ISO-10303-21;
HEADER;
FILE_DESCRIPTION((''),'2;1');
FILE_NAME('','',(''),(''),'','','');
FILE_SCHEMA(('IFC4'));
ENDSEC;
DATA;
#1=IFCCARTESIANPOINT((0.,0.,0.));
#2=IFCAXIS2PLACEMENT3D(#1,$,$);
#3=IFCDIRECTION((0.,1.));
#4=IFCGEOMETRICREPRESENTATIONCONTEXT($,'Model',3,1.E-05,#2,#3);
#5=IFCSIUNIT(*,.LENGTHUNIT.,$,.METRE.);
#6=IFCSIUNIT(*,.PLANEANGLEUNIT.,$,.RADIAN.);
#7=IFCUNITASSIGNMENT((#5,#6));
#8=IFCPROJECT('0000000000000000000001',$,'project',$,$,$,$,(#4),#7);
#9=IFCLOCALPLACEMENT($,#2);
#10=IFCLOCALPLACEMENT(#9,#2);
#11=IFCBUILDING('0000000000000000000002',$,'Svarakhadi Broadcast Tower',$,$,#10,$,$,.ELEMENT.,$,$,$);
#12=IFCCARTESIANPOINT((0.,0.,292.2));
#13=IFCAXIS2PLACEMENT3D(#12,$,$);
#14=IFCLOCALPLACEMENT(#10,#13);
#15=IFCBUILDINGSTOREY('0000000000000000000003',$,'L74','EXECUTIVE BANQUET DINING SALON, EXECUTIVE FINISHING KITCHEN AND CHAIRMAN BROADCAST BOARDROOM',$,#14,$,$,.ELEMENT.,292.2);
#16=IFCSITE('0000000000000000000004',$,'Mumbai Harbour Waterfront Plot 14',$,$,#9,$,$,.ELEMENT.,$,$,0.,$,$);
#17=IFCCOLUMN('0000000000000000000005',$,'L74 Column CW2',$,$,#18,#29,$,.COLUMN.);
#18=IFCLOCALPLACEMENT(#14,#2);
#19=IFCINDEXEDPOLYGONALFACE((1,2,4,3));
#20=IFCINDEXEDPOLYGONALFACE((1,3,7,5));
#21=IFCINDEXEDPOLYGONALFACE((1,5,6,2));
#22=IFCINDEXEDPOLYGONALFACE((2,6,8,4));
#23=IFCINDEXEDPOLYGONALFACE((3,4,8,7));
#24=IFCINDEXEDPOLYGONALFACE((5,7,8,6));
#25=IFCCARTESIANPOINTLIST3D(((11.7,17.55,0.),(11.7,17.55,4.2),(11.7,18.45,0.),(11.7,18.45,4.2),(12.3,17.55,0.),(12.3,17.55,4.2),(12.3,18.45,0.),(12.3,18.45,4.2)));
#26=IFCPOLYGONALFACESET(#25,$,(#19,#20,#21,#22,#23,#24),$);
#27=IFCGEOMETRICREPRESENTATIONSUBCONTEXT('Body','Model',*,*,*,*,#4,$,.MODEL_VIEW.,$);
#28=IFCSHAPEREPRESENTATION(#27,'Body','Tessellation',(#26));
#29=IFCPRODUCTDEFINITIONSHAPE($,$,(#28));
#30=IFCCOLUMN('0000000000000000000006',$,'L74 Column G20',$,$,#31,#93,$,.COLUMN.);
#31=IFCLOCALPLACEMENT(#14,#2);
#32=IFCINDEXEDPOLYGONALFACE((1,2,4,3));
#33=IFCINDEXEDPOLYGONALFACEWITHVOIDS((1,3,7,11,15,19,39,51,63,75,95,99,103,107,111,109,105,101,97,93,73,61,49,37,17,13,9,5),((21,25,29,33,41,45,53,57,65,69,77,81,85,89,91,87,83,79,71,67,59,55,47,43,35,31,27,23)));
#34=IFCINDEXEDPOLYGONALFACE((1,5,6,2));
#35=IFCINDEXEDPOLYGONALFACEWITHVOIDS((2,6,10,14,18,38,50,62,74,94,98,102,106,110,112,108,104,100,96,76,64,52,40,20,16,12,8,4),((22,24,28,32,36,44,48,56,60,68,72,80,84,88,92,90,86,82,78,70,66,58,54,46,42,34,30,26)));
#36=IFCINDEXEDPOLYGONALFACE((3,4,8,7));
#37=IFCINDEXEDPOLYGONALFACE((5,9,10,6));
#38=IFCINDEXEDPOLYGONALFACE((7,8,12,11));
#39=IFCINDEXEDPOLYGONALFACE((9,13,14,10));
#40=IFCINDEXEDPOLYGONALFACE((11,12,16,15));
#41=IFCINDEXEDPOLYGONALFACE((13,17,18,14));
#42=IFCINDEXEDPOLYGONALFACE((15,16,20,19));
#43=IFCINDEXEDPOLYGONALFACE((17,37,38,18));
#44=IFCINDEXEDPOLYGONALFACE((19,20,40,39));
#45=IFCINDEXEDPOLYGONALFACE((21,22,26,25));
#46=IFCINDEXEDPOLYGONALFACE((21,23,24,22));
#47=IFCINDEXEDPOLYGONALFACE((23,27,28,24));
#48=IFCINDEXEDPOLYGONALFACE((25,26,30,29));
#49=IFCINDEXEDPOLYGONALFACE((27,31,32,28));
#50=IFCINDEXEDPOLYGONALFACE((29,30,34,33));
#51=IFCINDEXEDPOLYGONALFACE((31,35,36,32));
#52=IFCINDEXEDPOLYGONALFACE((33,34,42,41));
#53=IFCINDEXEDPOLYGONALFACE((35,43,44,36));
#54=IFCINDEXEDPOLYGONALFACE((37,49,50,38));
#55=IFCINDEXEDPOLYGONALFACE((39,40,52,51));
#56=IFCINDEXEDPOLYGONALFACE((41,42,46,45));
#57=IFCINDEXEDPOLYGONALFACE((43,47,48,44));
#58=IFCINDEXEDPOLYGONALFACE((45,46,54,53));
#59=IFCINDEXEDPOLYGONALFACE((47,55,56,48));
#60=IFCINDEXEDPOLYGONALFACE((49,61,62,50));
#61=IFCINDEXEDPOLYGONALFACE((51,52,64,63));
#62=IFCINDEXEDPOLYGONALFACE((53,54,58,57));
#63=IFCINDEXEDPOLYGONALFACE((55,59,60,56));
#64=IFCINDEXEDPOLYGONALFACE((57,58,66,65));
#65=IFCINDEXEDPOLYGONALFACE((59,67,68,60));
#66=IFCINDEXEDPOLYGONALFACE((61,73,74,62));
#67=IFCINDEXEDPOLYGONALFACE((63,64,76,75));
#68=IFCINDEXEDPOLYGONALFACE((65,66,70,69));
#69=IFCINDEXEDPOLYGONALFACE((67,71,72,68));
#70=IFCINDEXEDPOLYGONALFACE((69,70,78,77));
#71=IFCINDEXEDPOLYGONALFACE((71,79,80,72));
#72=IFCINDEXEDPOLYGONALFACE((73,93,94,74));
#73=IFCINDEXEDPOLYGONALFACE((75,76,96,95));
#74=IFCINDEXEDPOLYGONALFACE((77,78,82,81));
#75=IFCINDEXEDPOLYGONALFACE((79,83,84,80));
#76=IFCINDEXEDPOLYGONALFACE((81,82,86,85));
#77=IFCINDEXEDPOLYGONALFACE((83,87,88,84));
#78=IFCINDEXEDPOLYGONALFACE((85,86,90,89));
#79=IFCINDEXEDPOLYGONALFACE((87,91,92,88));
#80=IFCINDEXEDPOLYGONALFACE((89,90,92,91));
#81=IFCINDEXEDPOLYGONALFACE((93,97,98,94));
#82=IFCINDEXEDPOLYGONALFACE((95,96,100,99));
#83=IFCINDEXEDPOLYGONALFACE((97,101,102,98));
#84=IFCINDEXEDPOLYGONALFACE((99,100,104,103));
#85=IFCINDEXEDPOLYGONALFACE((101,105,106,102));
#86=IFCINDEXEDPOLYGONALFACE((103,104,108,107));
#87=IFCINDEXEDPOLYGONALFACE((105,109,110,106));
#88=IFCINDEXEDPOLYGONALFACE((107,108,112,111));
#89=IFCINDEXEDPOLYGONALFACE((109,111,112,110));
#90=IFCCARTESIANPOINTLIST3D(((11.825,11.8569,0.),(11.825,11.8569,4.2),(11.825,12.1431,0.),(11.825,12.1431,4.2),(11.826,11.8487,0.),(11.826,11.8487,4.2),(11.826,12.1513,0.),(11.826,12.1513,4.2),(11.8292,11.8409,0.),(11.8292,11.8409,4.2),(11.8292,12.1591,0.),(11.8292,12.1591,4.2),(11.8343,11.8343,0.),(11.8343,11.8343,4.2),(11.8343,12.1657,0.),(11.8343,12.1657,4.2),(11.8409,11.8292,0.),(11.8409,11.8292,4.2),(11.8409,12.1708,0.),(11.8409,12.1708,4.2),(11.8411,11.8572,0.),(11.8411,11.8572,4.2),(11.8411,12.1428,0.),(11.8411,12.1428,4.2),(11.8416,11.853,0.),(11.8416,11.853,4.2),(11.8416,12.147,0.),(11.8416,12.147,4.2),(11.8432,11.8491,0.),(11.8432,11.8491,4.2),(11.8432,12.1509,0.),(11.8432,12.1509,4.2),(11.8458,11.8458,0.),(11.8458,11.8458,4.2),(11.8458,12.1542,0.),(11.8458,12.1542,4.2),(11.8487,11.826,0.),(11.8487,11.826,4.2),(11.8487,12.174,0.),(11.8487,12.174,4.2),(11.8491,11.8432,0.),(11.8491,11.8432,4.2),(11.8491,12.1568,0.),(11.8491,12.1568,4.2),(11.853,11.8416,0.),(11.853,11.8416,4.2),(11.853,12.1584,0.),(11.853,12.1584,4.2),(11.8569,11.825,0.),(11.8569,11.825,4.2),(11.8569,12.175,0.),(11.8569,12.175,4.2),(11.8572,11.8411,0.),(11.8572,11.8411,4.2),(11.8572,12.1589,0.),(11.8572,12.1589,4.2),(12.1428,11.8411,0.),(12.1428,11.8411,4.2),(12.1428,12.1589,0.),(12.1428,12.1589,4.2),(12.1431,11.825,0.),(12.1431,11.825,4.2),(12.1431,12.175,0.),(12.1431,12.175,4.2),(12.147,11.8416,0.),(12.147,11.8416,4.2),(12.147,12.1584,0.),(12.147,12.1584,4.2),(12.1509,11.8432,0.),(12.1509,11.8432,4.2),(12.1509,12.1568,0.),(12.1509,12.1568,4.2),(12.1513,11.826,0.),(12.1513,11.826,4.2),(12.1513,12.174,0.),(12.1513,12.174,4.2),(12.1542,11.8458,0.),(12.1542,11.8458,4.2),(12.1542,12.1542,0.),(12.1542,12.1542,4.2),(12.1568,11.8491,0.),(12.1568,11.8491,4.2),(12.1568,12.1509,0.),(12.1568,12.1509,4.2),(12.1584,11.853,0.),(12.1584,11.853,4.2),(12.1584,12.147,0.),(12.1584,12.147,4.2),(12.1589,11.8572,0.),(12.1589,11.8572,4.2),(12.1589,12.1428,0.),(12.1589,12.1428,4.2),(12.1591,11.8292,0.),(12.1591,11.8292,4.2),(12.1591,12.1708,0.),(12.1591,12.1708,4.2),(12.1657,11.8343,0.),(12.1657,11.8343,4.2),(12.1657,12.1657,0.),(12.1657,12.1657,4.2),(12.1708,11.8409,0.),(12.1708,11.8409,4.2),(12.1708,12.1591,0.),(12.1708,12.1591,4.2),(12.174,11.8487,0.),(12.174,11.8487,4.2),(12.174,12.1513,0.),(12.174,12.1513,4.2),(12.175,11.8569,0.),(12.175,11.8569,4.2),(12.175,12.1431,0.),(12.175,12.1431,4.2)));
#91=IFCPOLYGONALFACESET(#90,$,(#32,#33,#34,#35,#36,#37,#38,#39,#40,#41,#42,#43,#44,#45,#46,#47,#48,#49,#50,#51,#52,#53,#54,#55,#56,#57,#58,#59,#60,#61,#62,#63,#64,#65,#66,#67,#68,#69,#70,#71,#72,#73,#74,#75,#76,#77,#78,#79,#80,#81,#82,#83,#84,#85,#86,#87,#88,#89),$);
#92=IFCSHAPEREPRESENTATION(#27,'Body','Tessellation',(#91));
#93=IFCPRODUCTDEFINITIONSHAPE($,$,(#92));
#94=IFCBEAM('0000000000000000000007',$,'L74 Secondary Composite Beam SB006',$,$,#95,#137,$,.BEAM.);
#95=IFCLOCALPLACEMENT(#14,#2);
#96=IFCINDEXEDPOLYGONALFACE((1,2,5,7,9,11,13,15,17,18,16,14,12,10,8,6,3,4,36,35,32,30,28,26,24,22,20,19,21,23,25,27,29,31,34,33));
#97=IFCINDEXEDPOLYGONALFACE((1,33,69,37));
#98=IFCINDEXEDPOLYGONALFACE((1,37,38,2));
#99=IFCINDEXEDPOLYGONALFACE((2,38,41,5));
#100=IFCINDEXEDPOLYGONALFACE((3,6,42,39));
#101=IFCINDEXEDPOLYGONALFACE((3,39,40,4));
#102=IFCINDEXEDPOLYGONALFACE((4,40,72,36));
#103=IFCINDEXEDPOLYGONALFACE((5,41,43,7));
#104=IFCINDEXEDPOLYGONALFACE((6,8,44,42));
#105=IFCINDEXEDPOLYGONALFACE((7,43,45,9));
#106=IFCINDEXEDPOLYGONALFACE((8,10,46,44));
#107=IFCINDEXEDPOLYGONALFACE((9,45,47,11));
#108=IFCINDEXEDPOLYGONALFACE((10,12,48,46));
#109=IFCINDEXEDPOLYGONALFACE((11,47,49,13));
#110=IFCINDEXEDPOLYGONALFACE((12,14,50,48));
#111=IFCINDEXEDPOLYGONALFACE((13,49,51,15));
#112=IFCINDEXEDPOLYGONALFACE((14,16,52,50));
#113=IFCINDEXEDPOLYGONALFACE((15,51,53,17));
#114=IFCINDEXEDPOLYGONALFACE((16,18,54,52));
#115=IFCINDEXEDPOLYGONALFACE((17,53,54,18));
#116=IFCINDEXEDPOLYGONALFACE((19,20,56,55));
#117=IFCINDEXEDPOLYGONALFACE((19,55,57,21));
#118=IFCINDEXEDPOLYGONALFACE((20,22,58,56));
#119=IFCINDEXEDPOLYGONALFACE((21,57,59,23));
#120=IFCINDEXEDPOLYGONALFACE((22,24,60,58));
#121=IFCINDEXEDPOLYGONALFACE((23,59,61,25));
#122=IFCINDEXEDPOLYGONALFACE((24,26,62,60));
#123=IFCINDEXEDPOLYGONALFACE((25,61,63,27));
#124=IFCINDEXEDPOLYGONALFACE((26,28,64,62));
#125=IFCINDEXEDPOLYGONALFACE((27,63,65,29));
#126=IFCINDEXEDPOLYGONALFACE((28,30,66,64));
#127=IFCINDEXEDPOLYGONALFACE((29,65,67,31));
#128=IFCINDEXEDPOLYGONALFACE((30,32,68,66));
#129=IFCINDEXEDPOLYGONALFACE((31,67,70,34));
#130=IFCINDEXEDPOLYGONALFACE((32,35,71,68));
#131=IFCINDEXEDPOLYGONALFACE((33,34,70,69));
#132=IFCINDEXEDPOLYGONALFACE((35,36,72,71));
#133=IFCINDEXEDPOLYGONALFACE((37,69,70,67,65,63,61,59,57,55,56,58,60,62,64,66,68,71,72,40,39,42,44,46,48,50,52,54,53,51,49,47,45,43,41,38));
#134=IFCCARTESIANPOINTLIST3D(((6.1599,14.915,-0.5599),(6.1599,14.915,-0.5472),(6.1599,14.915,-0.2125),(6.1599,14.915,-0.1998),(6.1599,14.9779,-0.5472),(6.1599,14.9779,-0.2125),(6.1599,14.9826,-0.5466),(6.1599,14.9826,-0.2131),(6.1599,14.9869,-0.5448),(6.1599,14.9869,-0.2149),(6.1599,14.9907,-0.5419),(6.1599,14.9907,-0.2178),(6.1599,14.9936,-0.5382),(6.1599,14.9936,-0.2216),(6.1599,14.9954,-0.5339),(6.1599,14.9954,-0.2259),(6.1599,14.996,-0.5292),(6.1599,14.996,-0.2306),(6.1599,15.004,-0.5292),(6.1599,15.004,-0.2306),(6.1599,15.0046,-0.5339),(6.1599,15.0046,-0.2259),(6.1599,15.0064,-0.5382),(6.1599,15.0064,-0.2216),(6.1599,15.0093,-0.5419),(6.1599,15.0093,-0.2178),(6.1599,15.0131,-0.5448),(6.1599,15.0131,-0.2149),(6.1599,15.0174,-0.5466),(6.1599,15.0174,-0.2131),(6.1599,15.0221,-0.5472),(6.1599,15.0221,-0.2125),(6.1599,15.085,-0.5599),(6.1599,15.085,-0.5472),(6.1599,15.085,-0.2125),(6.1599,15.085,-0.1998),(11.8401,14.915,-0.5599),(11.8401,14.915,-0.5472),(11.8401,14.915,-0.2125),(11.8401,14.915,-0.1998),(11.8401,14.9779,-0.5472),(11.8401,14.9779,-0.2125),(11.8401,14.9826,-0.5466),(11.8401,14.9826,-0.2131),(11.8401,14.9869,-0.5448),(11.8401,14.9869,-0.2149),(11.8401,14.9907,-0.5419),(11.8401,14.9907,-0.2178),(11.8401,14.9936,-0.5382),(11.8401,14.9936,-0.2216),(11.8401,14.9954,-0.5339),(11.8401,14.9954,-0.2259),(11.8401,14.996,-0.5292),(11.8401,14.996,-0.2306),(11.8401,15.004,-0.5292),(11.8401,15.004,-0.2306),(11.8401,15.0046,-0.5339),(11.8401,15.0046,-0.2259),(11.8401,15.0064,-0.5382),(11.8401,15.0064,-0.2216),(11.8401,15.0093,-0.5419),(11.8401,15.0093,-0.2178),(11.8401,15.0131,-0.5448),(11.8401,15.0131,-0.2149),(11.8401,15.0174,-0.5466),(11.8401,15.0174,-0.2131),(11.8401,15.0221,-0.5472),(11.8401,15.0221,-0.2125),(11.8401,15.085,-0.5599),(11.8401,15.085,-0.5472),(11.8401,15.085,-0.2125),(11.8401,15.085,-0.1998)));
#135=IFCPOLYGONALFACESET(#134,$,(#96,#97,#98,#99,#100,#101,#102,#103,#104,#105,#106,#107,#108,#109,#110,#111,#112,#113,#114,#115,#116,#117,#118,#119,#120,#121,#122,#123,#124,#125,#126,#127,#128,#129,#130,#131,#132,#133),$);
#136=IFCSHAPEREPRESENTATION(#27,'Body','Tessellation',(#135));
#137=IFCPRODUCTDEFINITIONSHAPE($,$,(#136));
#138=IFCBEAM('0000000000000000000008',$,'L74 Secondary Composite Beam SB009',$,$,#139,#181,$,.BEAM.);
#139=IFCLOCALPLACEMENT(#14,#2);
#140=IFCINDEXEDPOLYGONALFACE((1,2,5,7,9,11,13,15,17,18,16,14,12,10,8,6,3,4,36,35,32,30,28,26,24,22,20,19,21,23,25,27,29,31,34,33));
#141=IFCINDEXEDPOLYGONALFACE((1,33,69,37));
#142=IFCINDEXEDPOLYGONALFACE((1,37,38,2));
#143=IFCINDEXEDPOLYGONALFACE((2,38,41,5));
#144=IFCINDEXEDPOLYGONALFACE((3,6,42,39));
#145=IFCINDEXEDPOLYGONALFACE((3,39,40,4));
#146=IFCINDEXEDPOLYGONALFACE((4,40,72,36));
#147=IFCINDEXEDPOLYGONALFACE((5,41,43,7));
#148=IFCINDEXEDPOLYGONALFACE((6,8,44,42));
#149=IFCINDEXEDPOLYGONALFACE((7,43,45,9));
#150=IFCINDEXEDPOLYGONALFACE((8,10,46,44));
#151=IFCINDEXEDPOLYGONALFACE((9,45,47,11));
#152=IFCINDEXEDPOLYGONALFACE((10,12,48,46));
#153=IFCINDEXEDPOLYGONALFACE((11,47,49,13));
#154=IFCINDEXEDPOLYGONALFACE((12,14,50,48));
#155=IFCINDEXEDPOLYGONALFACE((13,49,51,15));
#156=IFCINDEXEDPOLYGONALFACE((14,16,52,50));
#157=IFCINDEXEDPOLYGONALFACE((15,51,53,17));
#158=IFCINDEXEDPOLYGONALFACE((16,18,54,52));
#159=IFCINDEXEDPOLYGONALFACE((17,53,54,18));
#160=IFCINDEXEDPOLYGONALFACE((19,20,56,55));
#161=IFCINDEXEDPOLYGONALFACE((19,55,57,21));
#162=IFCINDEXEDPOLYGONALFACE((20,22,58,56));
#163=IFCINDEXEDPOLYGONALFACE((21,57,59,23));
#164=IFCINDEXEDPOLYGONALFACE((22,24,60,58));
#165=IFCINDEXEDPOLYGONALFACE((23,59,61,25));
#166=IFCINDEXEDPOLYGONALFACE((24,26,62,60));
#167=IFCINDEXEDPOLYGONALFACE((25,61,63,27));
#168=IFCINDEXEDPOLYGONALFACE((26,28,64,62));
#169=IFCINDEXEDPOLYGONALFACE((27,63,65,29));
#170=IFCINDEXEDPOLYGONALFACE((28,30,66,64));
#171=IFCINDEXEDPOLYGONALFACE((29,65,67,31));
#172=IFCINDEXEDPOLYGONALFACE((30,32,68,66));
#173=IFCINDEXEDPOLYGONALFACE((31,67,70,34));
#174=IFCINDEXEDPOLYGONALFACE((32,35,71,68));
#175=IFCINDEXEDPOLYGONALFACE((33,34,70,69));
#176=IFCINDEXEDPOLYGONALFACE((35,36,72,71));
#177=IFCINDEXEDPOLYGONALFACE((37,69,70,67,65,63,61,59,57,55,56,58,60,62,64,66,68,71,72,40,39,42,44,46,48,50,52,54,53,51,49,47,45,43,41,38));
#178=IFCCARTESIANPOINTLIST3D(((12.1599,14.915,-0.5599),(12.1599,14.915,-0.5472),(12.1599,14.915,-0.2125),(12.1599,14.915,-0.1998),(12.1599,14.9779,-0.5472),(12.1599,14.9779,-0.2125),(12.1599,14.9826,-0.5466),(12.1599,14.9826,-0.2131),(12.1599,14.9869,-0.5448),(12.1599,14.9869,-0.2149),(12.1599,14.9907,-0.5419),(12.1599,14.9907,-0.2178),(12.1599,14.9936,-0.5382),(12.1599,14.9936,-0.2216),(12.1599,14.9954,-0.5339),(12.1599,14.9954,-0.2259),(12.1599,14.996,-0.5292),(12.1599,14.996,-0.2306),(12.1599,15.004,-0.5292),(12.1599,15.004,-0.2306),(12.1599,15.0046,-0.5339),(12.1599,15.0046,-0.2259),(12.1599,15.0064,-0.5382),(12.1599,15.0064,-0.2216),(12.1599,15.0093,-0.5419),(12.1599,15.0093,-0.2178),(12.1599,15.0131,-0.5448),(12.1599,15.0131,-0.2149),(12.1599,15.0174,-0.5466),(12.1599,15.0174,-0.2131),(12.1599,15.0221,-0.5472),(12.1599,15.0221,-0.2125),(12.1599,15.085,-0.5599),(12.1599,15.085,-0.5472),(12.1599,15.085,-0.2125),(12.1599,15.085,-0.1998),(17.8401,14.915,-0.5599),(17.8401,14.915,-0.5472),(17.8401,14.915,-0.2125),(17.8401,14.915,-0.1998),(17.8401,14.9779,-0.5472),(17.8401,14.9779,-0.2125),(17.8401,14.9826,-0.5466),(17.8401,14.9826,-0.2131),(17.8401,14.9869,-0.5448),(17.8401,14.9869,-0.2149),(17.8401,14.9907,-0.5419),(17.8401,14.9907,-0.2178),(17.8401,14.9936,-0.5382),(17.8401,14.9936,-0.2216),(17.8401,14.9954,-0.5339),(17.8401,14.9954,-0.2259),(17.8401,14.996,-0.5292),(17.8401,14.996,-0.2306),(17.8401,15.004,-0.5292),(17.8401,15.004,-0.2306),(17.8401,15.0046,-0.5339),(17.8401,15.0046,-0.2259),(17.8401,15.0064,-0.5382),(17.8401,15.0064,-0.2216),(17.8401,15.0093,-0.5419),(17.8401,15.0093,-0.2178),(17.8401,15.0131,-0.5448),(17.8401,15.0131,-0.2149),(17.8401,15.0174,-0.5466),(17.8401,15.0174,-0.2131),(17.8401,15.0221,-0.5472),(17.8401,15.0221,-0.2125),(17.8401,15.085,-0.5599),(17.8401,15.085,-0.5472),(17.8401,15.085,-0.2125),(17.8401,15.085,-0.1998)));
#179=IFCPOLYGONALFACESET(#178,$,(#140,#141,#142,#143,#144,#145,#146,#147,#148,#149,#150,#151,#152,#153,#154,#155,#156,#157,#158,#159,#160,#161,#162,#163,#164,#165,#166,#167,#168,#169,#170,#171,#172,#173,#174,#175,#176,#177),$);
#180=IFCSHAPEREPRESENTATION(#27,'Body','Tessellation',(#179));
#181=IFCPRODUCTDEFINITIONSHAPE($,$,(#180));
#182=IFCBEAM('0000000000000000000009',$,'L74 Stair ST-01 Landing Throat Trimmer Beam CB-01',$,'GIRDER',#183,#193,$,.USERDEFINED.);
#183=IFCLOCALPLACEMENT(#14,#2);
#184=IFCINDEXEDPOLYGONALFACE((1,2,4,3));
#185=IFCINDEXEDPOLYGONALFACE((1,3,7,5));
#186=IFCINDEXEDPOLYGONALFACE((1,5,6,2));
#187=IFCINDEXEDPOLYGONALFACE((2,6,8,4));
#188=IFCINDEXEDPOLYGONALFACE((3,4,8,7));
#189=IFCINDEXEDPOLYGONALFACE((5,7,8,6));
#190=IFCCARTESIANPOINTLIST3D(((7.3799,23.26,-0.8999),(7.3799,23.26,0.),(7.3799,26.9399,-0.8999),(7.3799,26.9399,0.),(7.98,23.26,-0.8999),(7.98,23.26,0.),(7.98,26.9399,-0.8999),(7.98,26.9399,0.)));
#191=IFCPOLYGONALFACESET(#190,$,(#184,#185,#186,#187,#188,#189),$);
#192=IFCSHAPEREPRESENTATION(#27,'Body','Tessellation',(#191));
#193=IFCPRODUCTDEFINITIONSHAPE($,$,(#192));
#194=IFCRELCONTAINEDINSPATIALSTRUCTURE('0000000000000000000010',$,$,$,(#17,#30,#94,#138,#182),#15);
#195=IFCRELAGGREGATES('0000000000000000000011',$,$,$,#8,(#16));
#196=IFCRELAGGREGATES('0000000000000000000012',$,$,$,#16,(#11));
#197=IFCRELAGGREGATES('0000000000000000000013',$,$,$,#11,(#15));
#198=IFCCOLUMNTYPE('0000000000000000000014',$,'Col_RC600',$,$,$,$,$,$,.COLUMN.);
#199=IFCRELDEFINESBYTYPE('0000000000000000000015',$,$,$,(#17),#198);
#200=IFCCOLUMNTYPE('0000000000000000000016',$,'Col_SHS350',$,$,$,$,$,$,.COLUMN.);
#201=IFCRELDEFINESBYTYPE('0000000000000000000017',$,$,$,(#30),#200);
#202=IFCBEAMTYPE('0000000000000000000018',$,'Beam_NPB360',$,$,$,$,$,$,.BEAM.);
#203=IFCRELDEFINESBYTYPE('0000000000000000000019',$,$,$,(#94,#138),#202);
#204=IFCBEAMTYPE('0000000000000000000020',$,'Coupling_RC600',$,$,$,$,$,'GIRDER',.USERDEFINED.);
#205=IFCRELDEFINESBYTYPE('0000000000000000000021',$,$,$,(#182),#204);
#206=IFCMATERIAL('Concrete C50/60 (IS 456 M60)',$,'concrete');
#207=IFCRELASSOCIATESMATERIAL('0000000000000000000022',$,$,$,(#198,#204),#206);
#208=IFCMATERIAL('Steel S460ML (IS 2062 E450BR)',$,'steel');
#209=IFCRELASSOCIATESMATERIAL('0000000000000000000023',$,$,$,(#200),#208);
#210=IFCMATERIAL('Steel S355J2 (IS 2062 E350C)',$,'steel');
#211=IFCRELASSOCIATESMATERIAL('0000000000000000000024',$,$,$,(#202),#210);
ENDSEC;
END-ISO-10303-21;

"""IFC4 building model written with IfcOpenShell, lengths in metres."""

from ifc_helpers import new_model, si_unit, direction, frame, origin, origin_2d, place, context, subcontext, project, spatial, rectangle, hollow_rectangle, i_section, extrude, material, material_profile, profile_set, type_object, element, save


model = new_model("IFC4")

# Units and contexts
model_context = context("Model", 3, precision=1e-05, world=origin(), true_north=direction((0.0, 1.0)))
body_context = subcontext(model_context, "Body", "Model", "MODEL_VIEW")
ifc_project = project(units=[si_unit("LENGTHUNIT", "METRE"), si_unit("PLANEANGLEUNIT", "RADIAN")], contexts=[model_context])

# Site, building, storey
site_placement = place(None, origin())
site = spatial("IfcSite", under=ifc_project, at=site_placement, Name="Mumbai Harbour Waterfront Plot 14", CompositionType="ELEMENT", RefElevation=0.0)
building_placement = place(site_placement, origin())
building = spatial("IfcBuilding", under=site, at=building_placement, Name="Svarakhadi Broadcast Tower", CompositionType="ELEMENT")
storey_placement = place(building_placement, frame((0.0, 0.0, 292.2)))
storey = spatial("IfcBuildingStorey", under=building, at=storey_placement, Name="L74", Description="EXECUTIVE BANQUET DINING SALON, EXECUTIVE FINISHING KITCHEN AND CHAIRMAN BROADCAST BOARDROOM", CompositionType="ELEMENT", Elevation=292.2)

# Columns
ifc_material_1 = material(Name="Concrete C50/60 (IS 456 M60)", Category="concrete")
ifc_material_profile_1 = material_profile(ifc_material_1, rectangle(XDim=0.6001, YDim=0.8999, at=origin_2d()), Name="RC 600x900")
ifc_profile_set_1 = profile_set([ifc_material_profile_1], Name="Concrete C50/60 (IS 456 M60)")
column_type_1 = type_object("IfcColumnType", Name="Col_RC600", PredefinedType="COLUMN", material=ifc_profile_set_1)
column_1_placement = place(storey_placement, frame((12.0, 18.0, 0.0), z_axis=(0.0, 0.0, 1.0), x_axis=(1.0, 0.0, 0.0)))
element("IfcColumn", 1, at=column_1_placement, inside=storey, type_object=column_type_1, Name="L74 Column CW2", PredefinedType="COLUMN", context=body_context, shape_type="SweptSolid", body=[
    extrude(rectangle(XDim=0.6001, YDim=0.8999, at=origin_2d()), origin(), (0.0, 0.0, 1.0), 4.2),
])
ifc_material_2 = material(Name="Steel S460ML (IS 2062 E450BR)", Category="steel")
ifc_material_profile_2 = material_profile(ifc_material_2, hollow_rectangle(XDim=0.3501, YDim=0.3501, WallThickness=0.0161, InnerFilletRadius=0.0161, OuterFilletRadius=0.032, at=origin_2d()), Name="SHS 350x350x16")
ifc_profile_set_2 = profile_set([ifc_material_profile_2], Name="Steel S460ML (IS 2062 E450BR)")
column_type_2 = type_object("IfcColumnType", Name="Col_SHS350", PredefinedType="COLUMN", material=ifc_profile_set_2)
column_2_placement = place(storey_placement, frame((12.0, 12.0, 0.0), z_axis=(0.0, 0.0, 1.0), x_axis=(1.0, 0.0, 0.0)))
element("IfcColumn", 2, at=column_2_placement, inside=storey, type_object=column_type_2, Name="L74 Column G20", PredefinedType="COLUMN", context=body_context, shape_type="SweptSolid", body=[
    extrude(hollow_rectangle(XDim=0.3501, YDim=0.3501, WallThickness=0.0161, InnerFilletRadius=0.0161, OuterFilletRadius=0.032, at=origin_2d()), origin(), (0.0, 0.0, 1.0), 4.2),
])

# Beams
ifc_material_3 = material(Name="Steel S355J2 (IS 2062 E350C)", Category="steel")
ifc_material_profile_3 = material_profile(ifc_material_3, i_section(OverallWidth=0.1699, OverallDepth=0.3601, WebThickness=0.0081, FlangeThickness=0.0127, FilletRadius=0.0181, at=origin_2d()), Name="NPB 360x170x57")
ifc_profile_set_3 = profile_set([ifc_material_profile_3], Name="Steel S355J2 (IS 2062 E350C)")
beam_type_1 = type_object("IfcBeamType", Name="Beam_NPB360", PredefinedType="BEAM", material=ifc_profile_set_3)
for number, where, z_axis, x_axis, name in (
    (3, (6.1599, 15.0, -0.3799), (1.0, 0.0, 0.0), (0.0, 1.0, 0.0), "L74 Secondary Composite Beam SB006"),
    (4, (12.1599, 15.0, -0.3799), (1.0, 0.0, 0.0), (0.0, 1.0, 0.0), "L74 Secondary Composite Beam SB009"),
):
    element("IfcBeam", number, at=place(storey_placement, frame(where, z_axis=z_axis, x_axis=x_axis)), inside=storey, type_object=beam_type_1, Name=name, PredefinedType="BEAM", context=body_context, shape_type="SweptSolid", body=[
        extrude(i_section(OverallWidth=0.1699, OverallDepth=0.3601, WebThickness=0.0081, FlangeThickness=0.0127, FilletRadius=0.0181, at=origin_2d()), origin(), (0.0, 0.0, 1.0), 5.6802),
    ])
ifc_material_profile_4 = material_profile(ifc_material_1, rectangle(XDim=0.6001, YDim=0.8999, at=origin_2d()), Name="RC 600x900")
ifc_profile_set_4 = profile_set([ifc_material_profile_4], Name="Concrete C50/60 (IS 456 M60)")
beam_type_2 = type_object("IfcBeamType", Name="Coupling_RC600", ElementType="GIRDER", PredefinedType="USERDEFINED", material=ifc_profile_set_4)
beam_1_placement = place(storey_placement, frame((7.6799, 23.26, -0.45), z_axis=(0.0, 1.0, 0.0), x_axis=(-1.0, 0.0, 0.0)))
element("IfcBeam", 5, at=beam_1_placement, inside=storey, type_object=beam_type_2, Name="L74 Stair ST-01 Landing Throat Trimmer Beam CB-01", ObjectType="GIRDER", PredefinedType="USERDEFINED", context=body_context, shape_type="SweptSolid", body=[
    extrude(rectangle(XDim=0.6001, YDim=0.8999, at=origin_2d()), origin(), (0.0, 0.0, 1.0), 3.6799),
])

save(model, "model.ifc")
